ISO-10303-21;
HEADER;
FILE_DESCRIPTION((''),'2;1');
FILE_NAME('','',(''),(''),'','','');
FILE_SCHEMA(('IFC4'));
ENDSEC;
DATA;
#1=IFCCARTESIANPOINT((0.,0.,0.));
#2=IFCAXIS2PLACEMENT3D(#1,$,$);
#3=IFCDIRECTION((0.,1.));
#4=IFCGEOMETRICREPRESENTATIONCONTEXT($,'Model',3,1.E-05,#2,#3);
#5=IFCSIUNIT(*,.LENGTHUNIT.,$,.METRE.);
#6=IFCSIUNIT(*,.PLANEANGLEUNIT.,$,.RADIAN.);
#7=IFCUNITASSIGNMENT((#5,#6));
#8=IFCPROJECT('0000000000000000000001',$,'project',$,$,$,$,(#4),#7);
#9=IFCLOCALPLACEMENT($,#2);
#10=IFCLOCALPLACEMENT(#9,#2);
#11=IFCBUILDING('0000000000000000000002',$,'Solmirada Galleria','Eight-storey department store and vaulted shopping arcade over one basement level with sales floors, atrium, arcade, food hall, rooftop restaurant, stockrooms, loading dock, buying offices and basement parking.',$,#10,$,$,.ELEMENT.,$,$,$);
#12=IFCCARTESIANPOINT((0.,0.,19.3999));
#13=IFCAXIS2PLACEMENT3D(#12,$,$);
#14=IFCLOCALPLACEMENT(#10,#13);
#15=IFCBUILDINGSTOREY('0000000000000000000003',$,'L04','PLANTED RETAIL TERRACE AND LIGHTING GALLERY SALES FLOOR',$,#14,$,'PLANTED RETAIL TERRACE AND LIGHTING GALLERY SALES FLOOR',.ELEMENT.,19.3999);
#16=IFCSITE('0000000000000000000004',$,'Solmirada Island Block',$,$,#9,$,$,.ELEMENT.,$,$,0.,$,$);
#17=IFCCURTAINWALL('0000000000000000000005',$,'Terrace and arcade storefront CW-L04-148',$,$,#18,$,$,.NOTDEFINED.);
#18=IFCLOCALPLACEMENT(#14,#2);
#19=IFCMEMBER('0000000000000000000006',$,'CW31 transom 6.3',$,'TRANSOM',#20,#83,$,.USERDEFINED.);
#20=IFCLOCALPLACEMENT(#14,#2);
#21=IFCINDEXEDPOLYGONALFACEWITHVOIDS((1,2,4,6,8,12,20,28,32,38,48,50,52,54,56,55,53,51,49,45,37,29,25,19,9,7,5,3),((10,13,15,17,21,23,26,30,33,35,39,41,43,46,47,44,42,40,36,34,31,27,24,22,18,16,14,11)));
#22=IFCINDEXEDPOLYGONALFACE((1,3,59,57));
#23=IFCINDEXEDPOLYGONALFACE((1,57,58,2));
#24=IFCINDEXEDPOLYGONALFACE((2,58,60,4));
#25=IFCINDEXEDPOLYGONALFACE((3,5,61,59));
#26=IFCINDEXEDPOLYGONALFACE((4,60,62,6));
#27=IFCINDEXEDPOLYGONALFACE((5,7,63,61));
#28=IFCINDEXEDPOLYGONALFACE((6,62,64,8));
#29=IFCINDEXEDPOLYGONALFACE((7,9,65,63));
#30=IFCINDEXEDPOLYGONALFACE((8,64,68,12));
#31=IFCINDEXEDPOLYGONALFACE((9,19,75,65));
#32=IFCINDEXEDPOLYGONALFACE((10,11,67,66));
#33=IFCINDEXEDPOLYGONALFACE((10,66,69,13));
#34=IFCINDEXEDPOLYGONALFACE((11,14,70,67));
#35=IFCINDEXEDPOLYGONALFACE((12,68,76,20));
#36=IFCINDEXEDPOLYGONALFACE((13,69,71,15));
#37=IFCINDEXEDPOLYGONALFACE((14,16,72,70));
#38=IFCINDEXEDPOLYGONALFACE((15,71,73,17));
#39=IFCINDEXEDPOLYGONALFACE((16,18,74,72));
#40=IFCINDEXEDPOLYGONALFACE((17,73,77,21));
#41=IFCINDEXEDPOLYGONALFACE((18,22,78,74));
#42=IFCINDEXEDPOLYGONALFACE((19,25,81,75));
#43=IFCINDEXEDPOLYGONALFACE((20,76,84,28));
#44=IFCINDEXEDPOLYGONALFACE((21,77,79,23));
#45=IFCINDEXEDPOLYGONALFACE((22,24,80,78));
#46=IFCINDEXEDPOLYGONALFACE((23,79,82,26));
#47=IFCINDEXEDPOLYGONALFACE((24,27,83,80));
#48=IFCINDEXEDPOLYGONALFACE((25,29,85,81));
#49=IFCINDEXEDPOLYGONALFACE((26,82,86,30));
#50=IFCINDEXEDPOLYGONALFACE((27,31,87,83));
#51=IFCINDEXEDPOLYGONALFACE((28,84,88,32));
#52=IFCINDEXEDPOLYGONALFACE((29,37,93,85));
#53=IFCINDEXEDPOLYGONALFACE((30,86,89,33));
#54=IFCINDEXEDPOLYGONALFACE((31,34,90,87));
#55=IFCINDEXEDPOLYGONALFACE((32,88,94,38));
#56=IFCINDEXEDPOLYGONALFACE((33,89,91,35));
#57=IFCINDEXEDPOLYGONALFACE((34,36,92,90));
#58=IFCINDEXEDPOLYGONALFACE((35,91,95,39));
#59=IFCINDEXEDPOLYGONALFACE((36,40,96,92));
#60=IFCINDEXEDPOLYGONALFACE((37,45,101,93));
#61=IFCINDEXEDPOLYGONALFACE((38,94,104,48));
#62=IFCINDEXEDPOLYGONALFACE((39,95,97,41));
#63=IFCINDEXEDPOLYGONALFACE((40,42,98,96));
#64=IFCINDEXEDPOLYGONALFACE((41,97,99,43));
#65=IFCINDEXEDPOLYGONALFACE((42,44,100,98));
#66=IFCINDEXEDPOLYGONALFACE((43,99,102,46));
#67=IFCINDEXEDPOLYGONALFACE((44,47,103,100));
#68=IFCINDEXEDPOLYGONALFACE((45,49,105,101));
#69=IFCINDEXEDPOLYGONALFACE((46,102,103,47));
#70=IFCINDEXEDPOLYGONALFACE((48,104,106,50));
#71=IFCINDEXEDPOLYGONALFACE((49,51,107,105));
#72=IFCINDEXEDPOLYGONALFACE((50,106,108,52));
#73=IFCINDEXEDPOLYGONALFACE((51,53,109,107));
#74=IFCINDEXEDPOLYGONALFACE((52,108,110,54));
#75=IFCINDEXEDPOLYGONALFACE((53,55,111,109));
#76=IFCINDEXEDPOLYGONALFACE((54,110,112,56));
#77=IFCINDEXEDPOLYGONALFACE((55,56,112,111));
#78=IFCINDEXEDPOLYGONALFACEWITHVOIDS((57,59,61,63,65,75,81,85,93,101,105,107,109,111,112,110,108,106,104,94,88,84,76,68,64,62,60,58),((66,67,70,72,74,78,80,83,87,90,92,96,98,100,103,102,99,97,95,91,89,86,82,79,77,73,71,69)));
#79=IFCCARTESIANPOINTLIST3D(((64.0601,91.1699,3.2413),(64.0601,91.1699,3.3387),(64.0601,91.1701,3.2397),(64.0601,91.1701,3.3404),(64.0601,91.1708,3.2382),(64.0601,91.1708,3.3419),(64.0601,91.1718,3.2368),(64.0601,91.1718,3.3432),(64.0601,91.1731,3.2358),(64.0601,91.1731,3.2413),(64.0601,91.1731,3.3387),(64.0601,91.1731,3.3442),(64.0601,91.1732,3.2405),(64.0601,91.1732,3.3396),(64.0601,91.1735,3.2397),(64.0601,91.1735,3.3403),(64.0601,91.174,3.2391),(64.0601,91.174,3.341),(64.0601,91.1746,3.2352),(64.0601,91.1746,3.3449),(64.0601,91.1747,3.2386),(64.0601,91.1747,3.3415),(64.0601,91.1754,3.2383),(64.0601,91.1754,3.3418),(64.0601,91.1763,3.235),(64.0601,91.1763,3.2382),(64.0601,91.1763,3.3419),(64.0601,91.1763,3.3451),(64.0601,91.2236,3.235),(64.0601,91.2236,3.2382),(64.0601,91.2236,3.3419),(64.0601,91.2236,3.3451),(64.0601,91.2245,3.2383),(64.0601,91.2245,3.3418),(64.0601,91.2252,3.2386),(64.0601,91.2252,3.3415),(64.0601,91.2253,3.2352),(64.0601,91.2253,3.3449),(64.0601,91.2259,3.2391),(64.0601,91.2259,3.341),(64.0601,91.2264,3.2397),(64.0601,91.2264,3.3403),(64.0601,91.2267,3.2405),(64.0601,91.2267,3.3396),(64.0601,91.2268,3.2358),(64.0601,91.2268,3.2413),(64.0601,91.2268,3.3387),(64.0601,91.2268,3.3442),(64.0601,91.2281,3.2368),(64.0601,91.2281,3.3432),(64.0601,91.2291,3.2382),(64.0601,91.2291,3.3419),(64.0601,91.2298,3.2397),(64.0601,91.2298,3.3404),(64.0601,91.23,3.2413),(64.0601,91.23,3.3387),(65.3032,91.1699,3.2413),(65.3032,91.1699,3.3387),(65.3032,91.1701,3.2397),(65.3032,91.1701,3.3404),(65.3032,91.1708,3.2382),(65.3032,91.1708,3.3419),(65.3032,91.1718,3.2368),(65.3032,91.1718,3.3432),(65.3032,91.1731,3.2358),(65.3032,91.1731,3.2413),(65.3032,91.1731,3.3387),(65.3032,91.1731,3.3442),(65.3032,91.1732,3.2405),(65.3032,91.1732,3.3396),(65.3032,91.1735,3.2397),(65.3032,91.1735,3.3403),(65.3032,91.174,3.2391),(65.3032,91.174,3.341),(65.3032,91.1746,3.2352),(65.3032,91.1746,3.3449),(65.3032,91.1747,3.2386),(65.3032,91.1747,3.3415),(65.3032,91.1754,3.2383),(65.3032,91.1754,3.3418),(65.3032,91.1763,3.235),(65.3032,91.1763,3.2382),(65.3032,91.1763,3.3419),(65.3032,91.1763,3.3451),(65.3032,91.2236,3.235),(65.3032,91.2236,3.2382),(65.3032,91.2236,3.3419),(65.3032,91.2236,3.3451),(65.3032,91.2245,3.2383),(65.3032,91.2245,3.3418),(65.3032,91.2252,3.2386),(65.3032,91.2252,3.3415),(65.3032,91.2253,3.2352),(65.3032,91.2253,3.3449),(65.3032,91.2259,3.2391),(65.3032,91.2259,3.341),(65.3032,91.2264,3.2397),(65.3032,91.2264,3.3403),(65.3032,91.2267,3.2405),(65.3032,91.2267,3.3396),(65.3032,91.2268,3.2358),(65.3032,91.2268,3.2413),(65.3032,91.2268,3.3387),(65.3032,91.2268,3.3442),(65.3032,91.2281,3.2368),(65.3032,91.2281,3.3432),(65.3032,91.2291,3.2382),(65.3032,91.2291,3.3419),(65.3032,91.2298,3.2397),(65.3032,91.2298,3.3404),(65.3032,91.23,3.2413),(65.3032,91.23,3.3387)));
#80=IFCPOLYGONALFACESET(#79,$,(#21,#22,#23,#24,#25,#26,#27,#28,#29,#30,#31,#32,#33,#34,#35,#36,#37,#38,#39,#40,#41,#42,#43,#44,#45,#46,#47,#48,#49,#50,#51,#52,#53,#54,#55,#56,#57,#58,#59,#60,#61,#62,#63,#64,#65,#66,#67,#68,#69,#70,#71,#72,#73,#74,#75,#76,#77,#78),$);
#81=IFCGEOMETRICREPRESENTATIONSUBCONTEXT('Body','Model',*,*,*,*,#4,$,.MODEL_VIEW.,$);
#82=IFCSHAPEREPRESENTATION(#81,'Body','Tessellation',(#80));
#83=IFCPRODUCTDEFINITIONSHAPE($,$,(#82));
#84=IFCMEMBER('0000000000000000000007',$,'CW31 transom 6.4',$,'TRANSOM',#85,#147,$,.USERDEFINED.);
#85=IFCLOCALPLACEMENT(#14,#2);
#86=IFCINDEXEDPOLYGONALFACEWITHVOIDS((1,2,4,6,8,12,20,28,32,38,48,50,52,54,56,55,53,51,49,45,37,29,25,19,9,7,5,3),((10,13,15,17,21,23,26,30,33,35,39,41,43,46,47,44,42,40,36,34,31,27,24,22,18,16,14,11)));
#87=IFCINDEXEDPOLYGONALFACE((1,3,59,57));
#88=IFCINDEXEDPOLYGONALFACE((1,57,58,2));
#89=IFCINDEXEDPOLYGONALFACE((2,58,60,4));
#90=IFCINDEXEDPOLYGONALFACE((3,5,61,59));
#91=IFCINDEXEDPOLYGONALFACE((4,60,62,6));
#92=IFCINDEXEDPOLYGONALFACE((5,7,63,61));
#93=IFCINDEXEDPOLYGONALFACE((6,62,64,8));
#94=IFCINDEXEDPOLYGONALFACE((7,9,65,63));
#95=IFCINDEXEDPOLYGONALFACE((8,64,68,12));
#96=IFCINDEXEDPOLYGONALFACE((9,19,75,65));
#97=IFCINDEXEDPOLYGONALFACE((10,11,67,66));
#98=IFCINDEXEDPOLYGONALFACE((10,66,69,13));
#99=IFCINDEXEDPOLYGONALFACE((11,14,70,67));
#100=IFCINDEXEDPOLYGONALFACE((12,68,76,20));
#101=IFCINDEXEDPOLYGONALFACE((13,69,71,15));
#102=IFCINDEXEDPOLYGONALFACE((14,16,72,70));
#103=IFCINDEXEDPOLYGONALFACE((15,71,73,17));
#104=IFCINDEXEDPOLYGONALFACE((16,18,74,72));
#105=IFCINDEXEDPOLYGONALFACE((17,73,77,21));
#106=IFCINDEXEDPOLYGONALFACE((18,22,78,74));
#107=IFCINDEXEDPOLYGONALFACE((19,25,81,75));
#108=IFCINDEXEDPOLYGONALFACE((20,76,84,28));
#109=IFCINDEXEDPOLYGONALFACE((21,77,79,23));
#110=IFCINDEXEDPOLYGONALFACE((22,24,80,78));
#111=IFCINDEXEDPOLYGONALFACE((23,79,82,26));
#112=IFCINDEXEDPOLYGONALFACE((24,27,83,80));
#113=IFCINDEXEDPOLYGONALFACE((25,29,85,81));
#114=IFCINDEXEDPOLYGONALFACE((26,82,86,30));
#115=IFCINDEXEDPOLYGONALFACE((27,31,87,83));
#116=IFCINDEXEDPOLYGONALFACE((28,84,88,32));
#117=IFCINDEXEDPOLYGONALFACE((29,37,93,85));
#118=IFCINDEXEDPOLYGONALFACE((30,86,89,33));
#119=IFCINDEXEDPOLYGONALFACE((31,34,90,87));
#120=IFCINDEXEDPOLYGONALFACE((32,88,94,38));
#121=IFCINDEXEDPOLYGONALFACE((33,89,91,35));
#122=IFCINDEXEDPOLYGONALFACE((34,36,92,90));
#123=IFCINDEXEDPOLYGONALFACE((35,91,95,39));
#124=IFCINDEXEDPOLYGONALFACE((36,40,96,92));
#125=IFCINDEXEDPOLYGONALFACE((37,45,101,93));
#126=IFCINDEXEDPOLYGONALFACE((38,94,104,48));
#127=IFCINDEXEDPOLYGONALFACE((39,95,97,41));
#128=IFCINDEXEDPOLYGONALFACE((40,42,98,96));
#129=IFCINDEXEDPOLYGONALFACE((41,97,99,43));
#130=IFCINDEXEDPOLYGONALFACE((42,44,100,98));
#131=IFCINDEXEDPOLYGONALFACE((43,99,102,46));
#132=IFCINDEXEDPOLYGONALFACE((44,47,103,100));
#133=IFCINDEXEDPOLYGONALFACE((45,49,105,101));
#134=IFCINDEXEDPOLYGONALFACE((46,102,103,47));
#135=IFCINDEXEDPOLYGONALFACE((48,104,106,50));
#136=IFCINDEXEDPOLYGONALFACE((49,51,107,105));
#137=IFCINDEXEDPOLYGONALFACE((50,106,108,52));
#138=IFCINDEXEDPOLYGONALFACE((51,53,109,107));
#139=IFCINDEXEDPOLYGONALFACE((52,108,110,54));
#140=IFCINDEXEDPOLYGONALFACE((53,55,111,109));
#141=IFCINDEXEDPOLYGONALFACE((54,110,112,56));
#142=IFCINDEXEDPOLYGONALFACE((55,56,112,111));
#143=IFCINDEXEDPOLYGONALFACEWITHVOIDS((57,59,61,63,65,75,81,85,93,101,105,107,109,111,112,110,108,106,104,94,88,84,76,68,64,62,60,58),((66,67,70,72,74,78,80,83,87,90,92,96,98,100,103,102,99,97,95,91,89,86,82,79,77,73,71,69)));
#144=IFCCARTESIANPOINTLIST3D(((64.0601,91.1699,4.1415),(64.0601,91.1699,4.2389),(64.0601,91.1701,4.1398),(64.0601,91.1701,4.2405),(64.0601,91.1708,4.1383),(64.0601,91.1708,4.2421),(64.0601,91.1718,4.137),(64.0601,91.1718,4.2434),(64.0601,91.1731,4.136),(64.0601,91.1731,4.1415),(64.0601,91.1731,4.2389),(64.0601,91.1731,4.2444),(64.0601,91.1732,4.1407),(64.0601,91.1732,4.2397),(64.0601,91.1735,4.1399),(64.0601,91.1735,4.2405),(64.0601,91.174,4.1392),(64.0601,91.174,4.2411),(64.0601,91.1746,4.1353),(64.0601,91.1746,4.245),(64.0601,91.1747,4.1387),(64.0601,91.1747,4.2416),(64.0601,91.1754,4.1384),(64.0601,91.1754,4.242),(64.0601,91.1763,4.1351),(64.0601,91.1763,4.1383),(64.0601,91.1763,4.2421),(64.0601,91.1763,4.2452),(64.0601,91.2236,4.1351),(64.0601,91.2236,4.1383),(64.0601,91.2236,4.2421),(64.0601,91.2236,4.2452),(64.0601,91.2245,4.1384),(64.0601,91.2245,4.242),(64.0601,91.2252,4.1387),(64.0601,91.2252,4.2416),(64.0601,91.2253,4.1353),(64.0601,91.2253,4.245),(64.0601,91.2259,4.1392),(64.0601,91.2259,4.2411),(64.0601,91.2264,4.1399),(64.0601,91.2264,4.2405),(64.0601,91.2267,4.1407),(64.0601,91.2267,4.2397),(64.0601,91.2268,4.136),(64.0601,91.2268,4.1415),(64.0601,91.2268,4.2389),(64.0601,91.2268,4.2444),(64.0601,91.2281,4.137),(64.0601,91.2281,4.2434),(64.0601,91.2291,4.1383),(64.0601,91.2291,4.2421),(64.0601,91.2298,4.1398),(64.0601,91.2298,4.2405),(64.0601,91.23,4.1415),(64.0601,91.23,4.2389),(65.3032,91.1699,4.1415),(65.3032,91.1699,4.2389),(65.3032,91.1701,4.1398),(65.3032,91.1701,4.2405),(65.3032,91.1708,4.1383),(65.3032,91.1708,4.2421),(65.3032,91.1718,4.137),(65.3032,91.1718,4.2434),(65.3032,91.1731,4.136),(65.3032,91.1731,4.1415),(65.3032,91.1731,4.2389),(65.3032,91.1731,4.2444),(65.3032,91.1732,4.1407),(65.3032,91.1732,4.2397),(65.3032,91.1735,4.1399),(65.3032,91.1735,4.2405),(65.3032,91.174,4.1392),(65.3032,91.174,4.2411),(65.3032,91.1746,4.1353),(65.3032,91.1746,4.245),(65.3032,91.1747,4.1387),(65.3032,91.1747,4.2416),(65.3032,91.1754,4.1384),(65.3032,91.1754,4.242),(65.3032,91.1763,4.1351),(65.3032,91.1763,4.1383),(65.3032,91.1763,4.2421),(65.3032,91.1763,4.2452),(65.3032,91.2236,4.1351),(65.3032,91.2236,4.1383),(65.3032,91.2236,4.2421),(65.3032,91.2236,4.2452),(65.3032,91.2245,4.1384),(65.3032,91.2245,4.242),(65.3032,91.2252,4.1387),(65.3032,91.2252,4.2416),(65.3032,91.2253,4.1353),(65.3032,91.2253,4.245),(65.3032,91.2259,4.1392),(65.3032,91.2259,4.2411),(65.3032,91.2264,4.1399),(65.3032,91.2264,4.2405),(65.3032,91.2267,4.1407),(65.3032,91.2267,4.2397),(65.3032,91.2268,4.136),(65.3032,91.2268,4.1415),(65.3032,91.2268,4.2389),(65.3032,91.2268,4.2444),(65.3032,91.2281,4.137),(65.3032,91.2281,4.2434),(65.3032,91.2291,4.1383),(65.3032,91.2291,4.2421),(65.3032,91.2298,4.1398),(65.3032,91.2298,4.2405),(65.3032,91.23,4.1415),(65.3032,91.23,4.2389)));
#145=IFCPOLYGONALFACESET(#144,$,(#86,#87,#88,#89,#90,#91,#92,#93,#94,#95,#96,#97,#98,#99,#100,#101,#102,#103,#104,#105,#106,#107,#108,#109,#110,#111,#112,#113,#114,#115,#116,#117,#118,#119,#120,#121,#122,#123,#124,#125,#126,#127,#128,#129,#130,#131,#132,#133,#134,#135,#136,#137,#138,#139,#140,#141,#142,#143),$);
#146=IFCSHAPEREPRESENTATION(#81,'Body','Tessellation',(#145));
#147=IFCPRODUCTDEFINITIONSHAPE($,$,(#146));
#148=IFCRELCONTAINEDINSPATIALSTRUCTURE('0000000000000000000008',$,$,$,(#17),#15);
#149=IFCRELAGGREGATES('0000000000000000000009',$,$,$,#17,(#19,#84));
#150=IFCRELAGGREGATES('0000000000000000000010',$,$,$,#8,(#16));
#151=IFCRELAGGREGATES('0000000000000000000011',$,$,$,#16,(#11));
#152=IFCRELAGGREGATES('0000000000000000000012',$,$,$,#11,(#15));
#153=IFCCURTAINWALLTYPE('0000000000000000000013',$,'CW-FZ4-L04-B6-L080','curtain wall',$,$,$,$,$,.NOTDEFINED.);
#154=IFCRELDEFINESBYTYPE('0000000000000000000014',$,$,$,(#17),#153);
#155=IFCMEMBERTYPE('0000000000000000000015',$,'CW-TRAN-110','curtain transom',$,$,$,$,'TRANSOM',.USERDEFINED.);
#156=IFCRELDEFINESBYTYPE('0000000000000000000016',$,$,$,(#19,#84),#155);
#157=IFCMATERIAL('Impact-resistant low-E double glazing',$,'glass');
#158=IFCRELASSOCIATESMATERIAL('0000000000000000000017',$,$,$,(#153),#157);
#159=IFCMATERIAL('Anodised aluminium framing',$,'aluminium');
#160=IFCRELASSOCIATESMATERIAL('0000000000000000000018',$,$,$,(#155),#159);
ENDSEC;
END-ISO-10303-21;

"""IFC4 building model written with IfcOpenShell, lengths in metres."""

from ifc_helpers import new_model, si_unit, direction, frame, origin, origin_2d, place, context, subcontext, project, spatial, hollow_rectangle, extrude, material, material_profile, profile_set, type_object, element, aggregate, save


model = new_model("IFC4")

# Units and contexts
model_context = context("Model", 3, precision=1e-05, world=origin(), true_north=direction((0.0, 1.0)))
body_context = subcontext(model_context, "Body", "Model", "MODEL_VIEW")
ifc_project = project(units=[si_unit("LENGTHUNIT", "METRE"), si_unit("PLANEANGLEUNIT", "RADIAN")], contexts=[model_context])

# Site, building, storey
site_placement = place(None, origin())
site = spatial("IfcSite", under=ifc_project, at=site_placement, Name="Solmirada Island Block", CompositionType="ELEMENT", RefElevation=0.0)
building_placement = place(site_placement, origin())
building = spatial("IfcBuilding", under=site, at=building_placement, Name="Solmirada Galleria", Description="Eight-storey department store and vaulted shopping arcade over one basement level with sales floors, atrium, arcade, food hall, rooftop restaurant, stockrooms, loading dock, buying offices and basement parking.", CompositionType="ELEMENT")
storey_placement = place(building_placement, frame((0.0, 0.0, 19.3999)))
storey = spatial("IfcBuildingStorey", under=building, at=storey_placement, Name="L04", Description="PLANTED RETAIL TERRACE AND LIGHTING GALLERY SALES FLOOR", LongName="PLANTED RETAIL TERRACE AND LIGHTING GALLERY SALES FLOOR", CompositionType="ELEMENT", Elevation=19.3999)

# Curtain wall
ifc_material_1 = material(Name="Impact-resistant low-E double glazing", Category="glass")
curtain_wall_type = type_object("IfcCurtainWallType", Name="CW-FZ4-L04-B6-L080", Description="curtain wall", PredefinedType="NOTDEFINED", material=ifc_material_1)
curtain_wall_1_placement = place(storey_placement, origin())
curtain_wall_1 = element("IfcCurtainWall", 1, at=curtain_wall_1_placement, inside=storey, type_object=curtain_wall_type, Name="Terrace and arcade storefront CW-L04-148", PredefinedType="NOTDEFINED")
ifc_material_2 = material(Name="Anodised aluminium framing", Category="aluminium")

# Members
ifc_material_profile_1 = material_profile(ifc_material_2, hollow_rectangle(XDim=0.0601, YDim=0.1101, WallThickness=0.0032, InnerFilletRadius=0.0032, OuterFilletRadius=0.0063, at=origin_2d()), Name="ALU-TRAN-110X60")
ifc_profile_set_1 = profile_set([ifc_material_profile_1], Name="Anodised aluminium framing")
member_type_1 = type_object("IfcMemberType", Name="CW-TRAN-110", Description="curtain transom", ElementType="TRANSOM", PredefinedType="USERDEFINED", material=ifc_profile_set_1)
member_1_placement = place(storey_placement, frame((65.3032, 91.2, 3.29), z_axis=(-1.0, 0.0, 0.0), x_axis=(0.0, -1.0, 0.0)))
member_1 = element("IfcMember", 2, at=member_1_placement, type_object=member_type_1, Name="CW31 transom 6.3", ObjectType="TRANSOM", PredefinedType="USERDEFINED", context=body_context, shape_type="SweptSolid", body=[
    extrude(hollow_rectangle(XDim=0.0601, YDim=0.1101, WallThickness=0.0032, InnerFilletRadius=0.0032, OuterFilletRadius=0.0063, at=origin_2d()), origin(), (0.0, 0.0, 1.0), 1.2432),
])
member_2_placement = place(storey_placement, frame((65.3032, 91.2, 4.1902), z_axis=(-1.0, 0.0, 0.0), x_axis=(0.0, -1.0, 0.0)))
member_2 = element("IfcMember", 3, at=member_2_placement, type_object=member_type_1, Name="CW31 transom 6.4", ObjectType="TRANSOM", PredefinedType="USERDEFINED", context=body_context, shape_type="SweptSolid", body=[
    extrude(hollow_rectangle(XDim=0.0601, YDim=0.1101, WallThickness=0.0032, InnerFilletRadius=0.0032, OuterFilletRadius=0.0063, at=origin_2d()), origin(), (0.0, 0.0, 1.0), 1.2432),
])

aggregate(curtain_wall_1, [member_1, member_2])

save(model, "model.ifc")
